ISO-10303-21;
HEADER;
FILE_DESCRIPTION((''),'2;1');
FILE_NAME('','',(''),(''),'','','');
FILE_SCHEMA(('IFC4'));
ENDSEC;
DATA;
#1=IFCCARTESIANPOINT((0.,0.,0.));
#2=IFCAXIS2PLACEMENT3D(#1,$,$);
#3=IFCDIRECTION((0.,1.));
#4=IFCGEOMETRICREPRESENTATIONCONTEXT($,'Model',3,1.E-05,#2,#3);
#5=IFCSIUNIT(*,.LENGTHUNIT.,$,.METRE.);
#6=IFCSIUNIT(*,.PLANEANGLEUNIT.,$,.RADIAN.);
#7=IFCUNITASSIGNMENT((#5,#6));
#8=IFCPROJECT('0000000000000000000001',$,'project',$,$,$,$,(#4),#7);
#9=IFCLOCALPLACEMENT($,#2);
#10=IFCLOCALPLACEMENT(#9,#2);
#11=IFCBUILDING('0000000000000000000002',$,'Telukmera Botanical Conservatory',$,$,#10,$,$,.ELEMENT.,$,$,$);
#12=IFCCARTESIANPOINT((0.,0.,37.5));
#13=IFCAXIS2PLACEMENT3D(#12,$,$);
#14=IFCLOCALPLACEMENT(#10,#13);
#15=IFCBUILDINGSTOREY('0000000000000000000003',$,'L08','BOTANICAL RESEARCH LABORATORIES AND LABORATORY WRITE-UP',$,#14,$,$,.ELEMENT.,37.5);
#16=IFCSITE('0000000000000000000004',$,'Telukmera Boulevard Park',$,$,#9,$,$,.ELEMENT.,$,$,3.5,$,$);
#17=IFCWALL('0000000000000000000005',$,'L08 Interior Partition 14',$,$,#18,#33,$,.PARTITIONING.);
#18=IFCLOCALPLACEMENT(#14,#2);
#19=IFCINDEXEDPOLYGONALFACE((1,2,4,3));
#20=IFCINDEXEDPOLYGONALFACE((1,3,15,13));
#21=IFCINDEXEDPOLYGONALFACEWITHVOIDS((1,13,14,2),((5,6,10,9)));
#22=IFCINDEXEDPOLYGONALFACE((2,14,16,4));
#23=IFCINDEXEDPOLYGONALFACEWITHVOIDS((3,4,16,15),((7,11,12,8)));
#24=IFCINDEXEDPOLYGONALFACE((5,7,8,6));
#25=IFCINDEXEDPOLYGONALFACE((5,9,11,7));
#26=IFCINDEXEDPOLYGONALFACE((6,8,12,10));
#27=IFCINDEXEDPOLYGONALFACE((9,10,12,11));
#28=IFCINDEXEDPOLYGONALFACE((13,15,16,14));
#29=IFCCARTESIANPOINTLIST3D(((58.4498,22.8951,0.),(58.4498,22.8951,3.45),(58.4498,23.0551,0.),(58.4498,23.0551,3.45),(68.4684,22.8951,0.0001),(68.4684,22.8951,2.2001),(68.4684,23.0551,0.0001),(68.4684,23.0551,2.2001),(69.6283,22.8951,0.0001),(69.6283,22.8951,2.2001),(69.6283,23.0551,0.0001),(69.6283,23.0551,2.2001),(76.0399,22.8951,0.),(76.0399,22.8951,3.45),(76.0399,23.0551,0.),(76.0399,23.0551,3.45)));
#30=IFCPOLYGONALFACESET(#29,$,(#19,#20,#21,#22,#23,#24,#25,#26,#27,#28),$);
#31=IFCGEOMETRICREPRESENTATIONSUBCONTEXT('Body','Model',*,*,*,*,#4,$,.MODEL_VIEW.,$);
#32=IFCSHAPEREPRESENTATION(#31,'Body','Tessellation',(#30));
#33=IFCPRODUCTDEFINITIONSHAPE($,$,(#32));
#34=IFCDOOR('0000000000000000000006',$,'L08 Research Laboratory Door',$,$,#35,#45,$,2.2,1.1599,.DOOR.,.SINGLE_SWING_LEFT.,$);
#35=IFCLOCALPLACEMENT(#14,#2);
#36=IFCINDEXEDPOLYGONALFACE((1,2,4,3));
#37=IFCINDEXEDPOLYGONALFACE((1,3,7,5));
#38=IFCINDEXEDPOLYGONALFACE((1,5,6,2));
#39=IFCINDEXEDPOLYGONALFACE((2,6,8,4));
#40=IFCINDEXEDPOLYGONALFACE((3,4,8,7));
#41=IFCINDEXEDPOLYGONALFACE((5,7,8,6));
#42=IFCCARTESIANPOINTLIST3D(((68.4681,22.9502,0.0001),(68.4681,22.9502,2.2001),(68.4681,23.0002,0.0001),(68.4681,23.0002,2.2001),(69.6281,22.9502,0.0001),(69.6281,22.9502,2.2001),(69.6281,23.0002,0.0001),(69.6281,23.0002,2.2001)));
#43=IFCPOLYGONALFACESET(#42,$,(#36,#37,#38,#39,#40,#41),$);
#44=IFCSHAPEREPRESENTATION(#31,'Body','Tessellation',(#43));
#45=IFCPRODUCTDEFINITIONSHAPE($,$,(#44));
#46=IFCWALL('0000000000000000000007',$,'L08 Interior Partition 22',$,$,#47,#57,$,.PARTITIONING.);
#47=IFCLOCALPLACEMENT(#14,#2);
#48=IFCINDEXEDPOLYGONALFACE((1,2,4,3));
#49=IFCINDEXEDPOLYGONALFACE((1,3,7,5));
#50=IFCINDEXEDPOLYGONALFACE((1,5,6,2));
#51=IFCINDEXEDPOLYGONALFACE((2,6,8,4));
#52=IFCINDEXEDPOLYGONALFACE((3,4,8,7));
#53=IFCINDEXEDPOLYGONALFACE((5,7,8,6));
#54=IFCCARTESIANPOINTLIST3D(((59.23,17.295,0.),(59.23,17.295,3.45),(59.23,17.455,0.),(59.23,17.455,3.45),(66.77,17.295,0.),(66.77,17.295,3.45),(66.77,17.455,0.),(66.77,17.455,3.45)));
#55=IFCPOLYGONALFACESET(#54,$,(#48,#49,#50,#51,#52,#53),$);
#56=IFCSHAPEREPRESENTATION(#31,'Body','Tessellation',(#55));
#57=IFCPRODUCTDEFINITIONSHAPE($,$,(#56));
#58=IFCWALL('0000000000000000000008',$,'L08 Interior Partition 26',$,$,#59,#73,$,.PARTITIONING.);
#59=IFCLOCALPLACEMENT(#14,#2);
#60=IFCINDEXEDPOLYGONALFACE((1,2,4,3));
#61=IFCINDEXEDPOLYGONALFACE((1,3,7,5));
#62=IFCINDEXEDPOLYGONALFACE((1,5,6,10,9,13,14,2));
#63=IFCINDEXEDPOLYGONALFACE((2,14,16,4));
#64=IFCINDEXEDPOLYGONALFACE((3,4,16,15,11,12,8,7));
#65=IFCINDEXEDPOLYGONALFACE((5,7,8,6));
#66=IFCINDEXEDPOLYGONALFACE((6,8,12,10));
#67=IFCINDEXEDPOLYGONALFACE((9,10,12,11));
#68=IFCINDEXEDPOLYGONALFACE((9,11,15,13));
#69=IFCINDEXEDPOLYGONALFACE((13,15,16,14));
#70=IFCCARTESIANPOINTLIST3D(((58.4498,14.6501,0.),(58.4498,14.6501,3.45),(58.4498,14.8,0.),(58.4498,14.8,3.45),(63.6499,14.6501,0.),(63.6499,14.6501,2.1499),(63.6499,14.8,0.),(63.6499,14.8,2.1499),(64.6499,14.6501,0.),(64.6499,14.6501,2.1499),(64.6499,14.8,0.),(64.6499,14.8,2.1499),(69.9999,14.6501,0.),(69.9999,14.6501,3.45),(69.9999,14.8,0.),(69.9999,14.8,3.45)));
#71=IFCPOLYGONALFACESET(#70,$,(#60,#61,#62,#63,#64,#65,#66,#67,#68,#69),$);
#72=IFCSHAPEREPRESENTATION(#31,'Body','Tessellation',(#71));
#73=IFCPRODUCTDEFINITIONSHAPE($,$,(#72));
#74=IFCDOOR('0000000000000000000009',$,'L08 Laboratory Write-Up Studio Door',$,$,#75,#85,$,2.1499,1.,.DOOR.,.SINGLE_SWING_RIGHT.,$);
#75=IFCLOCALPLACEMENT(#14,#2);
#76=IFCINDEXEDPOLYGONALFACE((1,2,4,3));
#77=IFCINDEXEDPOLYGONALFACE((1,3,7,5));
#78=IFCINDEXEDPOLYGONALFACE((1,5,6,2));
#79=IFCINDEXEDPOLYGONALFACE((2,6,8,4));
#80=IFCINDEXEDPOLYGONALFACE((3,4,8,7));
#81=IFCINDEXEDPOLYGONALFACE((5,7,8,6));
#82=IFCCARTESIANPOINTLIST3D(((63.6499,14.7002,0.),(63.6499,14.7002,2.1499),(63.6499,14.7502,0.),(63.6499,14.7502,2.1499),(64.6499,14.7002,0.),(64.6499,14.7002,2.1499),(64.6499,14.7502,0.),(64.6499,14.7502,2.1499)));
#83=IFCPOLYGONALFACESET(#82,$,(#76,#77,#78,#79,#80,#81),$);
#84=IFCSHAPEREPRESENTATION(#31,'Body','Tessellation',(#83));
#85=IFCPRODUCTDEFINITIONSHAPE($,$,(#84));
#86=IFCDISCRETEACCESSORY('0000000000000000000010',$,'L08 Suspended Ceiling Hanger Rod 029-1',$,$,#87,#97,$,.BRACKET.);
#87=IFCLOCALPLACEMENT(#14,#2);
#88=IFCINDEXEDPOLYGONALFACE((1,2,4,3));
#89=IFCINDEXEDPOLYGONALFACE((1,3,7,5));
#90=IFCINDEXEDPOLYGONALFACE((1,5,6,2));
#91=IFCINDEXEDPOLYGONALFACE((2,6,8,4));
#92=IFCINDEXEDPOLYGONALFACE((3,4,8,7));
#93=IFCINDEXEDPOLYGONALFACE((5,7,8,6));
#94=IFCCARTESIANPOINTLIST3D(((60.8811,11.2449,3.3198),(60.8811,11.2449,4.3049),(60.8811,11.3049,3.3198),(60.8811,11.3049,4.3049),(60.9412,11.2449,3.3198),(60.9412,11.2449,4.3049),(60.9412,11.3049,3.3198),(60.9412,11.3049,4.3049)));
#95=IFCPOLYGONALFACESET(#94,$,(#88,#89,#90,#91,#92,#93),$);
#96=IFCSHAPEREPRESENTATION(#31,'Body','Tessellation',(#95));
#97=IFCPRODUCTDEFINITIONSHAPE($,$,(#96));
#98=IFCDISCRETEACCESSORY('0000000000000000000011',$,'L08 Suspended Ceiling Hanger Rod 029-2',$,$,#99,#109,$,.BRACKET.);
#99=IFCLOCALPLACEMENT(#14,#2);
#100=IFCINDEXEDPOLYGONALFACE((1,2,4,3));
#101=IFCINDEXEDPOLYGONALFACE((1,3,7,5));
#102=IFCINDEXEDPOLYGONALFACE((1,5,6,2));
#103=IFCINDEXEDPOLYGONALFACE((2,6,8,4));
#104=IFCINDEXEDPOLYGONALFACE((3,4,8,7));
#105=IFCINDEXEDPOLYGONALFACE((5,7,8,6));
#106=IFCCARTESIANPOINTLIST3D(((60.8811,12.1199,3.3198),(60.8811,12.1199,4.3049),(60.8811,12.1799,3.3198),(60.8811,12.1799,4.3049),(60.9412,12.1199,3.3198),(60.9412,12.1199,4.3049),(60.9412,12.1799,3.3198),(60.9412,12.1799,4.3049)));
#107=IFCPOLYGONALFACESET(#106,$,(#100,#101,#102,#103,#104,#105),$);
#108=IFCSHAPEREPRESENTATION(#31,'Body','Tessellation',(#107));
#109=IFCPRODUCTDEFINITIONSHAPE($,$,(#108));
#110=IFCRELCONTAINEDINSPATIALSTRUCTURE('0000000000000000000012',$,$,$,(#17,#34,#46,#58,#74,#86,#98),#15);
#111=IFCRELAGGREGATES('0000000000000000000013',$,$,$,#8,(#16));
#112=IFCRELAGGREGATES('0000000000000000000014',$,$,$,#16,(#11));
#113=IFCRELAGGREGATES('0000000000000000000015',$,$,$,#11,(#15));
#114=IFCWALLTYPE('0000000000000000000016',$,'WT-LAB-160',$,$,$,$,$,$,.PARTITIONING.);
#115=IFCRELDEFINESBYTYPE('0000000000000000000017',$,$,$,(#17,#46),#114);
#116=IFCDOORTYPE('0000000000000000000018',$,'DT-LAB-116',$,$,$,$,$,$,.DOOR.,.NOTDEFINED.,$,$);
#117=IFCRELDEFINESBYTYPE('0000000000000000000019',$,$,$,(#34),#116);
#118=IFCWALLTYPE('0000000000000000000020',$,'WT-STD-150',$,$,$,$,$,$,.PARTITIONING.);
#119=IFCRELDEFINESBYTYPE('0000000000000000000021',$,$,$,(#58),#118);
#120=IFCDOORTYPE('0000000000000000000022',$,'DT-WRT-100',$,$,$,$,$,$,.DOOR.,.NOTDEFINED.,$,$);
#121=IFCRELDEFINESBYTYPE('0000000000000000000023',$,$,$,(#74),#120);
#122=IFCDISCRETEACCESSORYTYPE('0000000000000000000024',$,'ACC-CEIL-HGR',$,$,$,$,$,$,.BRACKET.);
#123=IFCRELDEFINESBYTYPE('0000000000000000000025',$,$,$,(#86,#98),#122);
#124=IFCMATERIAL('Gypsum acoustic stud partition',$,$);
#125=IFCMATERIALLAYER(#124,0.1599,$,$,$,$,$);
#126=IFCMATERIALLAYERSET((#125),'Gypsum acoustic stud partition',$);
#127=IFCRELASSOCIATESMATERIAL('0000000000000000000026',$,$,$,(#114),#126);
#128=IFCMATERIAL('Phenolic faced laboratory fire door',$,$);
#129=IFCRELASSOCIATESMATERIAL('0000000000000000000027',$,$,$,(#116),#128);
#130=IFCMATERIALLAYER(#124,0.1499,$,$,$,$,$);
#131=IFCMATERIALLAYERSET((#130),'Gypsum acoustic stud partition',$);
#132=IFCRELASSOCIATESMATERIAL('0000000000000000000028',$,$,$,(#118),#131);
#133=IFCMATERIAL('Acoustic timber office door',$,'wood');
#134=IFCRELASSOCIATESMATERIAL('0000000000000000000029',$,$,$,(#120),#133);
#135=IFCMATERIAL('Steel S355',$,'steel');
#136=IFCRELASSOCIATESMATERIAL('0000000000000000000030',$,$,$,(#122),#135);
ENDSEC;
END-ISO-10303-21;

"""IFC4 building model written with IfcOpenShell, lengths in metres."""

from ifc_helpers import new_model, si_unit, direction, frame, frame_2d, origin, origin_2d, place, context, subcontext, project, spatial, rectangle, extrude, material, layer, layer_set, type_object, element, fill, save


model = new_model("IFC4")

# Units and contexts
model_context = context("Model", 3, precision=1e-05, world=origin(), true_north=direction((0.0, 1.0)))
body_context = subcontext(model_context, "Body", "Model", "MODEL_VIEW")
ifc_project = project(units=[si_unit("LENGTHUNIT", "METRE"), si_unit("PLANEANGLEUNIT", "RADIAN")], contexts=[model_context])

# Site, building, storey
site_placement = place(None, origin())
site = spatial("IfcSite", under=ifc_project, at=site_placement, Name="Telukmera Boulevard Park", CompositionType="ELEMENT", RefElevation=3.5)
building_placement = place(site_placement, origin())
building = spatial("IfcBuilding", under=site, at=building_placement, Name="Telukmera Botanical Conservatory", CompositionType="ELEMENT")
storey_placement = place(building_placement, frame((0.0, 0.0, 37.5)))
storey = spatial("IfcBuildingStorey", under=building, at=storey_placement, Name="L08", Description="BOTANICAL RESEARCH LABORATORIES AND LABORATORY WRITE-UP", CompositionType="ELEMENT", Elevation=37.5)

# Wall, opening, door
ifc_material_1 = material(Name="Gypsum acoustic stud partition")
ifc_layer_1 = layer(ifc_material_1, 0.1599)
ifc_layer_set_1 = layer_set([ifc_layer_1], Name="Gypsum acoustic stud partition")
wall_type_1 = type_object("IfcWallType", Name="WT-LAB-160", PredefinedType="PARTITIONING", material=ifc_layer_set_1)
wall_1_placement = place(storey_placement, frame((58.45, 22.9751, 0.0), z_axis=(0.0, 0.0, 1.0), x_axis=(1.0, 0.0, 0.0)))
wall_1 = element("IfcWall", 1, at=wall_1_placement, inside=storey, type_object=wall_type_1, Name="L08 Interior Partition 14", PredefinedType="PARTITIONING", context=body_context, shape_type="SweptSolid", body=[
    extrude(rectangle(XDim=17.5901, YDim=0.1599, at=frame_2d((8.7949, 0.0))), origin(), (0.0, 0.0, 1.0), 3.45),
])
opening_1_placement = place(wall_1_placement, frame((10.0183, 0.0, 0.0)))
opening_1 = element("IfcOpeningElement", 2, at=opening_1_placement, cuts=wall_1, PredefinedType="OPENING", context=body_context, shape_type="SweptSolid", body=[
    extrude(rectangle(XDim=1.1599, YDim=2.2, at=frame_2d((0.5801, 1.1001))), frame((0.0, 0.0898, 0.0), z_axis=(0.0, -1.0, 0.0), x_axis=(1.0, 0.0, 0.0)), (0.0, 0.0, 1.0), 0.1799),
])
ifc_material_2 = material(Name="Phenolic faced laboratory fire door")
door_type_1 = type_object("IfcDoorType", Name="DT-LAB-116", OperationType="NOTDEFINED", PredefinedType="DOOR", material=ifc_material_2)
door_1_placement = place(opening_1_placement, frame((1.1599, 0.0, 0.0), z_axis=(0.0, 0.0, 1.0), x_axis=(-1.0, 0.0, 0.0)))
door_1 = element("IfcDoor", 3, at=door_1_placement, inside=storey, type_object=door_type_1, Name="L08 Research Laboratory Door", OperationType="SINGLE_SWING_LEFT", OverallHeight=2.2, OverallWidth=1.1599, PredefinedType="DOOR", context=body_context, shape_type="SweptSolid", body=[
    extrude(rectangle(XDim=1.1599, YDim=2.2, at=frame_2d((0.5801, 1.1001))), frame((0.0, 0.0249, 0.0), z_axis=(0.0, -1.0, 0.0), x_axis=(1.0, 0.0, 0.0)), (0.0, 0.0, 1.0), 0.05),
])
fill(opening_1, door_1)

# Wall
wall_2_placement = place(storey_placement, frame((59.23, 17.375, 0.0), z_axis=(0.0, 0.0, 1.0), x_axis=(1.0, 0.0, 0.0)))
element("IfcWall", 4, at=wall_2_placement, inside=storey, type_object=wall_type_1, Name="L08 Interior Partition 22", PredefinedType="PARTITIONING", context=body_context, shape_type="SweptSolid", body=[
    extrude(rectangle(XDim=7.54, YDim=0.1599, at=frame_2d((3.77, 0.0))), origin(), (0.0, 0.0, 1.0), 3.45),
])

# Wall, opening, door
ifc_layer_2 = layer(ifc_material_1, 0.1499)
ifc_layer_set_2 = layer_set([ifc_layer_2], Name="Gypsum acoustic stud partition")
wall_type_2 = type_object("IfcWallType", Name="WT-STD-150", PredefinedType="PARTITIONING", material=ifc_layer_set_2)
wall_3_placement = place(storey_placement, frame((58.45, 14.7251, 0.0), z_axis=(0.0, 0.0, 1.0), x_axis=(1.0, 0.0, 0.0)))
wall_3 = element("IfcWall", 5, at=wall_3_placement, inside=storey, type_object=wall_type_2, Name="L08 Interior Partition 26", PredefinedType="PARTITIONING", context=body_context, shape_type="SweptSolid", body=[
    extrude(rectangle(XDim=11.55, YDim=0.1499, at=frame_2d((5.7749, 0.0))), origin(), (0.0, 0.0, 1.0), 3.45),
])
opening_2_placement = place(wall_3_placement, frame((5.2, 0.0, 0.0)))
opening_2 = element("IfcOpeningElement", 6, at=opening_2_placement, cuts=wall_3, PredefinedType="OPENING", context=body_context, shape_type="SweptSolid", body=[
    extrude(rectangle(XDim=1.0, YDim=2.1499, at=frame_2d((0.5, 1.075))), frame((0.0, 0.085, 0.0), z_axis=(0.0, -1.0, 0.0), x_axis=(1.0, 0.0, 0.0)), (0.0, 0.0, 1.0), 0.1699),
])
ifc_material_3 = material(Name="Acoustic timber office door", Category="wood")
door_type_2 = type_object("IfcDoorType", Name="DT-WRT-100", OperationType="NOTDEFINED", PredefinedType="DOOR", material=ifc_material_3)
door_2_placement = place(opening_2_placement, frame((1.0, 0.0, 0.0), z_axis=(0.0, 0.0, 1.0), x_axis=(-1.0, 0.0, 0.0)))
door_2 = element("IfcDoor", 7, at=door_2_placement, inside=storey, type_object=door_type_2, Name="L08 Laboratory Write-Up Studio Door", OperationType="SINGLE_SWING_RIGHT", OverallHeight=2.1499, OverallWidth=1.0, PredefinedType="DOOR", context=body_context, shape_type="SweptSolid", body=[
    extrude(rectangle(XDim=1.0, YDim=2.1499, at=frame_2d((0.5, 1.075))), frame((0.0, 0.0249, 0.0), z_axis=(0.0, -1.0, 0.0), x_axis=(1.0, 0.0, 0.0)), (0.0, 0.0, 1.0), 0.05),
])
fill(opening_2, door_2)

# Discrete accessories
ifc_material_4 = material(Name="Steel S355", Category="steel")
discrete_accessory_type = type_object("IfcDiscreteAccessoryType", Name="ACC-CEIL-HGR", PredefinedType="BRACKET", material=ifc_material_4)
for number, where, z_axis, x_axis, name in (
    (8, (60.9111, 11.2749, 3.3198), (0.0, 0.0, 1.0), (1.0, 0.0, 0.0), "L08 Suspended Ceiling Hanger Rod 029-1"),
    (9, (60.9111, 12.1499, 3.3198), (0.0, 0.0, 1.0), (1.0, 0.0, 0.0), "L08 Suspended Ceiling Hanger Rod 029-2"),
):
    element("IfcDiscreteAccessory", number, at=place(storey_placement, frame(where, z_axis=z_axis, x_axis=x_axis)), inside=storey, type_object=discrete_accessory_type, Name=name, PredefinedType="BRACKET", context=body_context, shape_type="SweptSolid", body=[
        extrude(rectangle(XDim=0.0601, YDim=0.0601, at=origin_2d()), origin(), (0.0, 0.0, 1.0), 0.9851),
    ])

save(model, "model.ifc")
